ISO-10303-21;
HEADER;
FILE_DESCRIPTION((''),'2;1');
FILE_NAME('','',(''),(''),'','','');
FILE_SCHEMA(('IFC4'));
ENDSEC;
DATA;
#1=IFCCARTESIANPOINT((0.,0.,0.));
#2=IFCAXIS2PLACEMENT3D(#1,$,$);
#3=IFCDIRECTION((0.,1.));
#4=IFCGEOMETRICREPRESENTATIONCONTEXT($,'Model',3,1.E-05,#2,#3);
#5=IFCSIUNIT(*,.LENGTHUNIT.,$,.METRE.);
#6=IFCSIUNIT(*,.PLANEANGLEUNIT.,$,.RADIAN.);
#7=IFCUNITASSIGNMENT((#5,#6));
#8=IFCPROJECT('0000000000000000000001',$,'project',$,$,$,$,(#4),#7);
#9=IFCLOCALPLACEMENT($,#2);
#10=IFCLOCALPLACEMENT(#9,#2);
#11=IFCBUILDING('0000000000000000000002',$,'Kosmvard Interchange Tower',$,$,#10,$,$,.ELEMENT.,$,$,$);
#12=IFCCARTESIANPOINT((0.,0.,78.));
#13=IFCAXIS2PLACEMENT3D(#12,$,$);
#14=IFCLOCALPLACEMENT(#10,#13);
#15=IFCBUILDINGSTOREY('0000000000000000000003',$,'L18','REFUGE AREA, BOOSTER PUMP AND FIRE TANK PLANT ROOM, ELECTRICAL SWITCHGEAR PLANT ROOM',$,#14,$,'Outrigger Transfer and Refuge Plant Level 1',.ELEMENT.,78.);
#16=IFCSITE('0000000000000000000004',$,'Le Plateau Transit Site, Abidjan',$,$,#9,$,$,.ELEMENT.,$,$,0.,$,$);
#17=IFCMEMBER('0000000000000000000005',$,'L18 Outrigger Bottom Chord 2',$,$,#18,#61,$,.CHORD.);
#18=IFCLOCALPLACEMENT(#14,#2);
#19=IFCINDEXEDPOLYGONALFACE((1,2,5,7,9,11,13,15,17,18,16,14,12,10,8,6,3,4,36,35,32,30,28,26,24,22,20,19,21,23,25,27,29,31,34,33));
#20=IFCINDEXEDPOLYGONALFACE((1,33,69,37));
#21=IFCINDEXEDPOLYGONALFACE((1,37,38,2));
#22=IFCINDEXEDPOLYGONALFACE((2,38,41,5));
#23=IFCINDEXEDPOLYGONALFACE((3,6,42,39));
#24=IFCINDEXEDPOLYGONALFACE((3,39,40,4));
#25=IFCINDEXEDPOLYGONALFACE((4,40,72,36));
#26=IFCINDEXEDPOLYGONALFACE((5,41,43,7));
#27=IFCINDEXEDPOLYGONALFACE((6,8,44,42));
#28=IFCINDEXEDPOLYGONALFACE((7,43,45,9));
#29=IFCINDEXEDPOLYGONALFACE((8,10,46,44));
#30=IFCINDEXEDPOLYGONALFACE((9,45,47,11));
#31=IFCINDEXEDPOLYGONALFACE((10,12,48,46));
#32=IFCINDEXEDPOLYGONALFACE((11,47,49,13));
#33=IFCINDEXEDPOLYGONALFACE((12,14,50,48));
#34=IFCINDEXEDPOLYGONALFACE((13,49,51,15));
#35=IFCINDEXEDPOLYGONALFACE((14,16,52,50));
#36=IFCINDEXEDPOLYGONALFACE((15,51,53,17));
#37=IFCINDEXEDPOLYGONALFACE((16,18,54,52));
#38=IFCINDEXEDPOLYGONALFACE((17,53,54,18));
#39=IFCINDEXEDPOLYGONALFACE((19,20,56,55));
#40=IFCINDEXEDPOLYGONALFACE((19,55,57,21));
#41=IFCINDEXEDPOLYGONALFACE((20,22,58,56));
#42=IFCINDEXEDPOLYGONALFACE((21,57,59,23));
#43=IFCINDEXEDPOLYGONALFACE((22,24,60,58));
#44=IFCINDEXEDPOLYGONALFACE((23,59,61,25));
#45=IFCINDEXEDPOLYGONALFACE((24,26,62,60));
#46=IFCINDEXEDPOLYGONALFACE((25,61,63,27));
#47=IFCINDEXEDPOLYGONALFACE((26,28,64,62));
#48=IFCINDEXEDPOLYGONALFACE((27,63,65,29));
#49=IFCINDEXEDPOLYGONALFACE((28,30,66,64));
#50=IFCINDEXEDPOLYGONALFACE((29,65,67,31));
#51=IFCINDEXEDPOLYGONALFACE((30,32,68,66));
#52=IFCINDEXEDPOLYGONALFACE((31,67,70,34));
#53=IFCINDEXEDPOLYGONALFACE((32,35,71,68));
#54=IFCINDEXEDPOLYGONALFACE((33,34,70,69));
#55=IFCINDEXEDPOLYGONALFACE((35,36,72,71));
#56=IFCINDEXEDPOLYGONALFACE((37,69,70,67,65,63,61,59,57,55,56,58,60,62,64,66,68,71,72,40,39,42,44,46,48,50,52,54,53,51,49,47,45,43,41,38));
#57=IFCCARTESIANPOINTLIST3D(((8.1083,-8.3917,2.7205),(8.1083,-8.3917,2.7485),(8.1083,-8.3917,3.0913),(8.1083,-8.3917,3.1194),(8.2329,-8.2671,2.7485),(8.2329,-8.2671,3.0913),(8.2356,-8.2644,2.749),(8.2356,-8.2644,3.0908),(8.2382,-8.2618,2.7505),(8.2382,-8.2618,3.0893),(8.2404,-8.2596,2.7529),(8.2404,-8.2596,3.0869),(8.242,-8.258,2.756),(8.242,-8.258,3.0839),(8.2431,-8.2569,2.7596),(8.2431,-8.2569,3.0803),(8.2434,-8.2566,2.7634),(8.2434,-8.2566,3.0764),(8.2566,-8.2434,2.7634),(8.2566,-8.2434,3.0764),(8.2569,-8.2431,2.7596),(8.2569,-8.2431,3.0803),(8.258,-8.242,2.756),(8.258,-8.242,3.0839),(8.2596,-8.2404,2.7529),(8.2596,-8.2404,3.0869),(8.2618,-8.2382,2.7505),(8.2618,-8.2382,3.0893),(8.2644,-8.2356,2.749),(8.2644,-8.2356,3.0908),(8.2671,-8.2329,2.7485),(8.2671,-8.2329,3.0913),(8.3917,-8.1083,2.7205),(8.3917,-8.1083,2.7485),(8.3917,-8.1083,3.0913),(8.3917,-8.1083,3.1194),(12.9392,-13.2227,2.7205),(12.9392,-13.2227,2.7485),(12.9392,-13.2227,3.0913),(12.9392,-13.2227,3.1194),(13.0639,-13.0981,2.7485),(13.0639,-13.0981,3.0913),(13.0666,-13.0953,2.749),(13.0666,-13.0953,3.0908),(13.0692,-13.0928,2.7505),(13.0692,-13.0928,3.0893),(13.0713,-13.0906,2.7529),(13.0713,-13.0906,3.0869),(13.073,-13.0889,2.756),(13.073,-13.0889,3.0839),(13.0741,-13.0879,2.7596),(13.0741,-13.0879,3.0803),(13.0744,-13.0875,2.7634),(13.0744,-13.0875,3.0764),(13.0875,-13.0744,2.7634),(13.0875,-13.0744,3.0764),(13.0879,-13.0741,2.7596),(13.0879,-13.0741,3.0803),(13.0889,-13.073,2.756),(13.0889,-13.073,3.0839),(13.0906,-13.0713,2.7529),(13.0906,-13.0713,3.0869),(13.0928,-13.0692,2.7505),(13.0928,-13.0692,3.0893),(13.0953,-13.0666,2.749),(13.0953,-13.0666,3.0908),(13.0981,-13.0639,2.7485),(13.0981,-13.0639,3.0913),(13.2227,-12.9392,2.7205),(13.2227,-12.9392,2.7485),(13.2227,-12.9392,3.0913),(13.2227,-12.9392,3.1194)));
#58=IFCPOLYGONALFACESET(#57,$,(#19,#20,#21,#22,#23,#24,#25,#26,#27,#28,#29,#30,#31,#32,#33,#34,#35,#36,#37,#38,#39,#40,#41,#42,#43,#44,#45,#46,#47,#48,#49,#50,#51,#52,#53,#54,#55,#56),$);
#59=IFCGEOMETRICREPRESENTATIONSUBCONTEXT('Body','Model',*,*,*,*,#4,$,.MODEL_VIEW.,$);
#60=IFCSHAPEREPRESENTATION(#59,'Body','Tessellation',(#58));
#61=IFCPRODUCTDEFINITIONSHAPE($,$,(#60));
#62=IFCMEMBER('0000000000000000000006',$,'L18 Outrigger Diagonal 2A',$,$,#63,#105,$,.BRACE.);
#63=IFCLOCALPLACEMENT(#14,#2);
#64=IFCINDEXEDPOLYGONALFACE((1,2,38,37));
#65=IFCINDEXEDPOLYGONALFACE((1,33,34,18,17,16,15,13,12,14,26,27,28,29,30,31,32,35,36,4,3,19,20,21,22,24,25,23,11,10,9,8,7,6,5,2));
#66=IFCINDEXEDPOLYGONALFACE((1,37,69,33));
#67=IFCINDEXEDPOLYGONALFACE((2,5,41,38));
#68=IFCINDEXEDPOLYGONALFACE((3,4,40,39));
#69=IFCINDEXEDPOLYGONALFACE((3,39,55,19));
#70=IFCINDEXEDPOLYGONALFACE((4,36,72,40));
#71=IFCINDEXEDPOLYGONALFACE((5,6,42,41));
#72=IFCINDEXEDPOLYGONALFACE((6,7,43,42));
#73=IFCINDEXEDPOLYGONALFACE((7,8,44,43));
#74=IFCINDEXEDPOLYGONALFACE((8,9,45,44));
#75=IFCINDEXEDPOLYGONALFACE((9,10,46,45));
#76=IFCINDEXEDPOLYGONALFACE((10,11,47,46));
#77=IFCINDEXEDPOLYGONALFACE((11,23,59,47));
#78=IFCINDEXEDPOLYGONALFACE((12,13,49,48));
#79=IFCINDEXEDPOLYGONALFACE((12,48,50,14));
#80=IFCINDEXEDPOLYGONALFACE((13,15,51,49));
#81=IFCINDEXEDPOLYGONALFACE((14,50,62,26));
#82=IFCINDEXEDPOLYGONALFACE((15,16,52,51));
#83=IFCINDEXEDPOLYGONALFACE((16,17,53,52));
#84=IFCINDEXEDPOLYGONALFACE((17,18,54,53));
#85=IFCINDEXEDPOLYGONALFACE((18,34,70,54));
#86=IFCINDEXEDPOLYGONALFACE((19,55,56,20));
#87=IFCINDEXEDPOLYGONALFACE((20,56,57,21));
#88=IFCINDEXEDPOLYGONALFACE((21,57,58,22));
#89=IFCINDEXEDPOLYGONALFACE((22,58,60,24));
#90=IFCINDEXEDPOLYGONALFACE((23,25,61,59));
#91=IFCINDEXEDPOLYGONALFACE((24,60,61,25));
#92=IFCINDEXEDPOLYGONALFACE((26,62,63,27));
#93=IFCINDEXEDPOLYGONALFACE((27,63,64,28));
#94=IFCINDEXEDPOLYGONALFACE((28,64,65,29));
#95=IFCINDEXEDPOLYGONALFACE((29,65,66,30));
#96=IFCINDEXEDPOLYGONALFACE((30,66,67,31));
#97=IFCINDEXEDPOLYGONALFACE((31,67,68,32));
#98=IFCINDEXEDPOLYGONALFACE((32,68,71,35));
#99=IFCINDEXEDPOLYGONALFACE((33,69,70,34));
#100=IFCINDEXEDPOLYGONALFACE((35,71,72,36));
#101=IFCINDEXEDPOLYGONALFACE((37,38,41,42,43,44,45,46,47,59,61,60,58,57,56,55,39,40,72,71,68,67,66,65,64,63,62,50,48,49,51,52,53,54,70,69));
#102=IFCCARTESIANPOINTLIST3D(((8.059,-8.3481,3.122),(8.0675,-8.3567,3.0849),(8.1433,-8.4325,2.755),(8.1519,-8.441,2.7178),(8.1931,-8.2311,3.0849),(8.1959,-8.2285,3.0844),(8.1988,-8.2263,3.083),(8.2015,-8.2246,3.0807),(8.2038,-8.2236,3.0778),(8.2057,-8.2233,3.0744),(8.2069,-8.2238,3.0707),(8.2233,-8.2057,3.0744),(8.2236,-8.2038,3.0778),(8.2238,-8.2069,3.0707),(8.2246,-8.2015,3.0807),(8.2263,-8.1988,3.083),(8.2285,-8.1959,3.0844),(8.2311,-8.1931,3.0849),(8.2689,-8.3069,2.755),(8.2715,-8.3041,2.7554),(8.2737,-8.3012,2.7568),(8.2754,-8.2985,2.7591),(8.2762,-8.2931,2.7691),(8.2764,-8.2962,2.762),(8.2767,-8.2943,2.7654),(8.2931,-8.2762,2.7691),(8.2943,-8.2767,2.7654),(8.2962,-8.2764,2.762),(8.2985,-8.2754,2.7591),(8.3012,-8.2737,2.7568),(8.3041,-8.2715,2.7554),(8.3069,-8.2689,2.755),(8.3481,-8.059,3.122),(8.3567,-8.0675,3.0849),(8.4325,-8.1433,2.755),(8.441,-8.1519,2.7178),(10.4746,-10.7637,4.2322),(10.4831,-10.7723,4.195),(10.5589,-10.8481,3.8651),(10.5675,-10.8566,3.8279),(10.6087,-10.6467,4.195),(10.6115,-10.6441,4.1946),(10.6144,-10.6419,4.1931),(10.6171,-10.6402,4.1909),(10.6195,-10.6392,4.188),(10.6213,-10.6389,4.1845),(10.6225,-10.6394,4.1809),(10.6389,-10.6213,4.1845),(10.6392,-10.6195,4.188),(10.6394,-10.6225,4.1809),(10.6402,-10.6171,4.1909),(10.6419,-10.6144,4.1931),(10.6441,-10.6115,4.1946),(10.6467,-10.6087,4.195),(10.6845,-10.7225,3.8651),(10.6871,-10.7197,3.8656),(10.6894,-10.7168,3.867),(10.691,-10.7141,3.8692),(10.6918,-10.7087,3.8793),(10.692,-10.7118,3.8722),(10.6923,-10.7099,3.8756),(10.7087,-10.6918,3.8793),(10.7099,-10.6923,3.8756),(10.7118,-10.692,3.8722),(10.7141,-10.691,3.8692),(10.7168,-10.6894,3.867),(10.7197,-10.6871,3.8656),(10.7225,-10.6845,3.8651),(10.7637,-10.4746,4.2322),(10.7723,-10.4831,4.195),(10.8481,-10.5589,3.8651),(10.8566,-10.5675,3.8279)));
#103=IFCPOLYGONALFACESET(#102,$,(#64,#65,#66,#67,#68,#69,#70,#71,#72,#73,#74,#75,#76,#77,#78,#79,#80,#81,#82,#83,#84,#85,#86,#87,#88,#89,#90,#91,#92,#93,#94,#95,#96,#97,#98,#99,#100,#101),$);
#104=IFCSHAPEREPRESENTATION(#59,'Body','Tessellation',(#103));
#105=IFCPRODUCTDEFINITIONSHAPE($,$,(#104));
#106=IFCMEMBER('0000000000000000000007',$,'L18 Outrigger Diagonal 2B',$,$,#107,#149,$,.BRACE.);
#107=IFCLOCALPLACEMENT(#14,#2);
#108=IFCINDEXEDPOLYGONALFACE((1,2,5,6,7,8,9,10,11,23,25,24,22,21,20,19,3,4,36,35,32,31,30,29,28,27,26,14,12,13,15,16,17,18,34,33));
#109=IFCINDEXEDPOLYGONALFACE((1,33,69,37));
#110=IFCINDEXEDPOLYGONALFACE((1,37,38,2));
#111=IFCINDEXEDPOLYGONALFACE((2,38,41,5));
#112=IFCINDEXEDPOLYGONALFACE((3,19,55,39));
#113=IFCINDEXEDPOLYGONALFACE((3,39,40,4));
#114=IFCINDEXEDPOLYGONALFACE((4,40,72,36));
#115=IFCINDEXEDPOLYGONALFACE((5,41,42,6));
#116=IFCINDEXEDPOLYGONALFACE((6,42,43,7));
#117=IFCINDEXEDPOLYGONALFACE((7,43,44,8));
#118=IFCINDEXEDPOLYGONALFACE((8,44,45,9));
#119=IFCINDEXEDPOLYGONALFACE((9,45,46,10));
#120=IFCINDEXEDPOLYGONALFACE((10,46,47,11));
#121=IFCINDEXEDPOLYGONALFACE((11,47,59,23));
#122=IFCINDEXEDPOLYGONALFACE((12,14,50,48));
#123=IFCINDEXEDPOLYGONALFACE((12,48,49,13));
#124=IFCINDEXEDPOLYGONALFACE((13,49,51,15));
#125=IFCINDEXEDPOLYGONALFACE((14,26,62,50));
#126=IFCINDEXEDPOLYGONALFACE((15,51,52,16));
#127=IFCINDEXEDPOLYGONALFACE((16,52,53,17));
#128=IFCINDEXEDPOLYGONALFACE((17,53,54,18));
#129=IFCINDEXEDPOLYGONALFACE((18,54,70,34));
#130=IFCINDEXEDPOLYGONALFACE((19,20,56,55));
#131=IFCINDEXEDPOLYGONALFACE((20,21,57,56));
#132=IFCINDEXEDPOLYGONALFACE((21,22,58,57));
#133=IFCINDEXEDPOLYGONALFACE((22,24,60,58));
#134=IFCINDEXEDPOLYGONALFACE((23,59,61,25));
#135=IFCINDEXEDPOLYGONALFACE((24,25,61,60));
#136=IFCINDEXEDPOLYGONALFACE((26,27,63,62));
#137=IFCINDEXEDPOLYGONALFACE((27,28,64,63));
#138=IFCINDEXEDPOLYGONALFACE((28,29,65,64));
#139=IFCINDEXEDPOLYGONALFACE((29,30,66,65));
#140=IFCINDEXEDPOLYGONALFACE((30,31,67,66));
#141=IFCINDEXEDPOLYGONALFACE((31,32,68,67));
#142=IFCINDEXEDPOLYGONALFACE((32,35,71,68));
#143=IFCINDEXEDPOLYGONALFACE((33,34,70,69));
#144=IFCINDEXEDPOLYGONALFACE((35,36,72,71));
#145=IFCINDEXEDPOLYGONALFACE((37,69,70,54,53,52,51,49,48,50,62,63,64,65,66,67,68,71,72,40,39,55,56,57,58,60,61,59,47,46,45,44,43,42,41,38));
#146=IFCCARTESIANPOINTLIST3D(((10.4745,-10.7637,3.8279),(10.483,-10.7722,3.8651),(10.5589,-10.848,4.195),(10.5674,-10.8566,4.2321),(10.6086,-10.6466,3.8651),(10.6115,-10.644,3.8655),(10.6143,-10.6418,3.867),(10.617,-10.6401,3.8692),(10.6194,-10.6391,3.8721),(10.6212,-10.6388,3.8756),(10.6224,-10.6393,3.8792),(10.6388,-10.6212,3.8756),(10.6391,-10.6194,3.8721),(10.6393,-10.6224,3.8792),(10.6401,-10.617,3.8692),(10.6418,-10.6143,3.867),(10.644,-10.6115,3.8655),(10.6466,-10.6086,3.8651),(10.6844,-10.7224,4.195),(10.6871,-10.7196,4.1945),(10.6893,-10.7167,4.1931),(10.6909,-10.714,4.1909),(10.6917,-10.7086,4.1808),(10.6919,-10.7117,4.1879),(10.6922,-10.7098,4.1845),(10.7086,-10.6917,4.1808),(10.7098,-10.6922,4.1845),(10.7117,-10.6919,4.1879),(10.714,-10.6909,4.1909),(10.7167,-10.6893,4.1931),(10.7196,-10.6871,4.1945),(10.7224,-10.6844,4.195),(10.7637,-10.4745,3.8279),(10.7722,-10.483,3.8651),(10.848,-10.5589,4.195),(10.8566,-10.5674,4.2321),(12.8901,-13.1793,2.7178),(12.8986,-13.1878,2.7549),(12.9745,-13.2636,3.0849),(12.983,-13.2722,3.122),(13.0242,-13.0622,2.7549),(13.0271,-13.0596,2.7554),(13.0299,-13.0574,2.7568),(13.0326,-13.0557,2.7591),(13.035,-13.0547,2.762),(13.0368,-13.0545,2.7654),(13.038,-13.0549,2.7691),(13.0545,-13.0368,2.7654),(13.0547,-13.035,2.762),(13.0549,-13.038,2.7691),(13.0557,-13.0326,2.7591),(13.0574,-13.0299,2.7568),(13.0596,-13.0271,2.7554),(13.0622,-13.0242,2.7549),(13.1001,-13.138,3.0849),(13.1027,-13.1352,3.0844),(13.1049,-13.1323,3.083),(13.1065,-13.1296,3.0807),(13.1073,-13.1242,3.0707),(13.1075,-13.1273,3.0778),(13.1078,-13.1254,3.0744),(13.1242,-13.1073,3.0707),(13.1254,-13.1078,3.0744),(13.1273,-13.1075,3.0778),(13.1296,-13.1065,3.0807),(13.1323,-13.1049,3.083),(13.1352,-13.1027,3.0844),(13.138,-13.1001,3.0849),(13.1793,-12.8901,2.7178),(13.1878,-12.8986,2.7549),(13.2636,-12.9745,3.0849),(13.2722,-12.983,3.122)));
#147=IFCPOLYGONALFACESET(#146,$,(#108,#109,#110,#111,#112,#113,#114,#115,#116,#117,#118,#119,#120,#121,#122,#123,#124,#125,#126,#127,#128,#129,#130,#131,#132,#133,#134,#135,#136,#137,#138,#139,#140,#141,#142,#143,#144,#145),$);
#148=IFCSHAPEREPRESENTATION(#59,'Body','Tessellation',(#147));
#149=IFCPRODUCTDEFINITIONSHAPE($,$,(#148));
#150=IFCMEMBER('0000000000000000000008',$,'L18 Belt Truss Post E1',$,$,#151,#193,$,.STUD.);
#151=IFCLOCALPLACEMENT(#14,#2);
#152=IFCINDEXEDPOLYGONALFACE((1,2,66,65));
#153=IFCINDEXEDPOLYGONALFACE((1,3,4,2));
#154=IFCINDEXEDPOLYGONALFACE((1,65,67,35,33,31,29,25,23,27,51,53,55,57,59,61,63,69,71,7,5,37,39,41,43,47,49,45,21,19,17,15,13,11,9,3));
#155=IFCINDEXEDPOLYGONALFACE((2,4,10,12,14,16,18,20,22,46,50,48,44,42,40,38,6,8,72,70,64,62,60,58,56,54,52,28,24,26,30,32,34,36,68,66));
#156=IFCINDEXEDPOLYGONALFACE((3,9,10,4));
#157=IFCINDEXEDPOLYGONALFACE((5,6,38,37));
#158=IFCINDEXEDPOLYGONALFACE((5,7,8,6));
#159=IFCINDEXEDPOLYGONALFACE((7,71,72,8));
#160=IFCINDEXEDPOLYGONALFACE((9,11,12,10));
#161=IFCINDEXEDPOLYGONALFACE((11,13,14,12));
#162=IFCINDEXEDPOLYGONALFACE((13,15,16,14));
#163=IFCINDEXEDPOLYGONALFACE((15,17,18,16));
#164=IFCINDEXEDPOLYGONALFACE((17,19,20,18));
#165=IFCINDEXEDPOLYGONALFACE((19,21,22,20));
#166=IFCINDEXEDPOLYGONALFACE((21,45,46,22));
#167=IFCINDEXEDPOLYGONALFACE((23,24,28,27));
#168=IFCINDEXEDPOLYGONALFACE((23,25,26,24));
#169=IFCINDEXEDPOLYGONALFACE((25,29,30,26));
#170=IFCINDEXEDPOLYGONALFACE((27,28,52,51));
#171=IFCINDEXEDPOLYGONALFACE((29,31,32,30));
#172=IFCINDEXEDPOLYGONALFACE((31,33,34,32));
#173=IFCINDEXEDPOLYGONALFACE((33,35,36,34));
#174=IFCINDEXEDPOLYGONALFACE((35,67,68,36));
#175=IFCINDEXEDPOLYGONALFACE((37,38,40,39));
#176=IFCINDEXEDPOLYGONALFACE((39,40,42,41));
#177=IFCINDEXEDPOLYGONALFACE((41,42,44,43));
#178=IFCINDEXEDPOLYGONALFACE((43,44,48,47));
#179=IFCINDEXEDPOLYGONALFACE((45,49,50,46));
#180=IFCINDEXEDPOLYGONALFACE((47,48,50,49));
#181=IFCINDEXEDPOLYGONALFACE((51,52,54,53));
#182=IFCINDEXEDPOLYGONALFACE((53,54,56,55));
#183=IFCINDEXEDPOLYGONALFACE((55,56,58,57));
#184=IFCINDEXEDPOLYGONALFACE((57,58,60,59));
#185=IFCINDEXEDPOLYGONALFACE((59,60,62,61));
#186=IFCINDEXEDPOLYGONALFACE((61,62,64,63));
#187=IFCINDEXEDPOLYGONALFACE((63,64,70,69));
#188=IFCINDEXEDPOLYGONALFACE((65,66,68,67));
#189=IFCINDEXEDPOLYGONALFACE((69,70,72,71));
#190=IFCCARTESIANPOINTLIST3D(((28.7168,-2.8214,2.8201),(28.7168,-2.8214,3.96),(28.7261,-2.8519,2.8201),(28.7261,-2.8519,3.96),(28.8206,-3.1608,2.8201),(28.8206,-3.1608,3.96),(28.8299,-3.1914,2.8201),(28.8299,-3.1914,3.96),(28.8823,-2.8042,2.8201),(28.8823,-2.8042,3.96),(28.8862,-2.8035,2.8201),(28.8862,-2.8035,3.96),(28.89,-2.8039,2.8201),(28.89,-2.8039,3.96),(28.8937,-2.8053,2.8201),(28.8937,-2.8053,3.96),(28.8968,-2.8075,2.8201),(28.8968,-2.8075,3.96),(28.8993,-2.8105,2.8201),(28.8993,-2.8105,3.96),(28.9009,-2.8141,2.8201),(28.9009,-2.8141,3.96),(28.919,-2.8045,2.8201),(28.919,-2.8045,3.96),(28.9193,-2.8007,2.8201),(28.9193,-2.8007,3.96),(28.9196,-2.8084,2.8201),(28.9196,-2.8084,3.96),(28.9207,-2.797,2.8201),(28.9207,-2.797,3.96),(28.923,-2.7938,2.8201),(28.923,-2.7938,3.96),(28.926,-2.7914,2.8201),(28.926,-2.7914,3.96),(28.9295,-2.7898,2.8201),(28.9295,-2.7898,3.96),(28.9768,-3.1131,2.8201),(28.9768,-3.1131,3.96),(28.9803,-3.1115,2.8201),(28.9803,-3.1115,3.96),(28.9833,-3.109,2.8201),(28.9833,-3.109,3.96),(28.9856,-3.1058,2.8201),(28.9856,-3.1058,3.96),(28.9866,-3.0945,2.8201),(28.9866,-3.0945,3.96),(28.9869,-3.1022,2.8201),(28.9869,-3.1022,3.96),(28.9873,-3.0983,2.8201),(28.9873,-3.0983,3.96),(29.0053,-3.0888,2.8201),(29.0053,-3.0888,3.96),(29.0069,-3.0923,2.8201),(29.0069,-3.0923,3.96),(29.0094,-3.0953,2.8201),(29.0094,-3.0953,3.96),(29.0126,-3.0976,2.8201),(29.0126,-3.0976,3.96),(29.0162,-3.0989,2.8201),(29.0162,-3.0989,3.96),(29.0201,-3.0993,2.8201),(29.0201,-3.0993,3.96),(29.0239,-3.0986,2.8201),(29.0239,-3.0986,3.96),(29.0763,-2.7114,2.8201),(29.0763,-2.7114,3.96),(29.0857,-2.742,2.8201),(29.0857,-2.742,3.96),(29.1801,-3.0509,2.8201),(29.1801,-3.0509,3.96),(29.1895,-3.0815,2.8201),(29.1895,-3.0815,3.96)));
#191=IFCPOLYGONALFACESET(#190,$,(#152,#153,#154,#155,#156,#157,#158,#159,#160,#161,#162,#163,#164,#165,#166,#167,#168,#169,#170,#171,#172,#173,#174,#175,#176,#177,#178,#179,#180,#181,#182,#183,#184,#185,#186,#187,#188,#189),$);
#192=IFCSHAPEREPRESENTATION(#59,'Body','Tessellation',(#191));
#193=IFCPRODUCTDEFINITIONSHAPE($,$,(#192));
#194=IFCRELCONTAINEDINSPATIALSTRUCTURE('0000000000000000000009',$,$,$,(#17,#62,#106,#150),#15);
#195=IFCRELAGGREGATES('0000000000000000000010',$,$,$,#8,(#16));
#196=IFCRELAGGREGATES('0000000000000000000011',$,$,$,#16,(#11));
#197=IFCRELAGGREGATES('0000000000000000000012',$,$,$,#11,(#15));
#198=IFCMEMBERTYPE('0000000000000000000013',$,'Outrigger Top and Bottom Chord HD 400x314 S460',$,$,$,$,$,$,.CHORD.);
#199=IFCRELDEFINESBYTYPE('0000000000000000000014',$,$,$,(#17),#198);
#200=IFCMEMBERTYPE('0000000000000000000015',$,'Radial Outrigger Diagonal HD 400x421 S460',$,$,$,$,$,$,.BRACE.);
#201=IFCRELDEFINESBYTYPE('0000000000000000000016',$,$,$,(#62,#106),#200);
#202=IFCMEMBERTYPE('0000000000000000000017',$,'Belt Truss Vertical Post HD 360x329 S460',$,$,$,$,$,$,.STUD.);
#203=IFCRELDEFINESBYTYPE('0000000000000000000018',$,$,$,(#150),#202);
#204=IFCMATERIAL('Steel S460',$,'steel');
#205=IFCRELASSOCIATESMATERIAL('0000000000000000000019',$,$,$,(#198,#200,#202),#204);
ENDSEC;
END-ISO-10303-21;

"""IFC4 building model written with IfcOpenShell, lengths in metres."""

from ifc_helpers import new_model, si_unit, direction, frame, origin, origin_2d, place, context, subcontext, project, spatial, i_section, extrude, source, transform, mapped, material, material_profile, profile_set, type_object, element, save


model = new_model("IFC4")

# Units and contexts
model_context = context("Model", 3, precision=1e-05, world=origin(), true_north=direction((0.0, 1.0)))
body_context = subcontext(model_context, "Body", "Model", "MODEL_VIEW")
ifc_project = project(units=[si_unit("LENGTHUNIT", "METRE"), si_unit("PLANEANGLEUNIT", "RADIAN")], contexts=[model_context])

# Site, building, storey
site_placement = place(None, origin())
site = spatial("IfcSite", under=ifc_project, at=site_placement, Name="Le Plateau Transit Site, Abidjan", CompositionType="ELEMENT", RefElevation=0.0)
building_placement = place(site_placement, origin())
building = spatial("IfcBuilding", under=site, at=building_placement, Name="Kosmvard Interchange Tower", CompositionType="ELEMENT")
storey_placement = place(building_placement, frame((0.0, 0.0, 78.0)))
storey = spatial("IfcBuildingStorey", under=building, at=storey_placement, Name="L18", Description="REFUGE AREA, BOOSTER PUMP AND FIRE TANK PLANT ROOM, ELECTRICAL SWITCHGEAR PLANT ROOM", LongName="Outrigger Transfer and Refuge Plant Level 1", CompositionType="ELEMENT", Elevation=78.0)

# Shared definitions
ifc_material_1 = material(Name="Steel S460", Category="steel")

# Members
ifc_material_profile_1 = material_profile(ifc_material_1, i_section(OverallWidth=0.4009, OverallDepth=0.3989, WebThickness=0.0186, FlangeThickness=0.0281, FilletRadius=0.0149, at=origin_2d()), Name="HD 400x314")
ifc_profile_set_1 = profile_set([ifc_material_profile_1], Name="Steel S460")
member_type_1 = type_object("IfcMemberType", Name="Outrigger Top and Bottom Chord HD 400x314 S460", PredefinedType="CHORD", material=ifc_profile_set_1)
shared_shape_1 = source(origin(), body_context, "Body", "SweptSolid", [
    extrude(i_section(OverallWidth=0.4009, OverallDepth=0.3989, WebThickness=0.0186, FlangeThickness=0.0281, FilletRadius=0.0149, at=origin_2d()), origin(), (0.0, 0.0, 1.0), 6.832),
])
member_1_placement = place(storey_placement, frame((8.25, -8.25, 2.9199), z_axis=(0.707107, -0.707107, 0.0), x_axis=(0.707107, 0.707107, 0.0)))
element("IfcMember", 1, at=member_1_placement, inside=storey, type_object=member_type_1, Name="L18 Outrigger Bottom Chord 2", PredefinedType="CHORD", context=body_context, shape_type="MappedRepresentation", body=[
    mapped(shared_shape_1, transform((0.0, 0.0, 0.0), scale=1.0)),
])
ifc_material_profile_2 = material_profile(ifc_material_1, i_section(OverallWidth=0.4089, OverallDepth=0.425, WebThickness=0.0239, FlangeThickness=0.0391, FilletRadius=0.0149, at=origin_2d()), Name="HD 400x421")
ifc_profile_set_2 = profile_set([ifc_material_profile_2], Name="Steel S460")
member_type_2 = type_object("IfcMemberType", Name="Radial Outrigger Diagonal HD 400x421 S460", PredefinedType="BRACE", material=ifc_profile_set_2)
shared_shape_2 = source(origin(), body_context, "Body", "SweptSolid", [
    extrude(i_section(OverallWidth=0.4089, OverallDepth=0.425, WebThickness=0.0239, FlangeThickness=0.0391, FilletRadius=0.0149, at=origin_2d()), origin(), (0.0, 0.0, 1.0), 3.592),
])
for number, where, z_axis, x_axis, name in (
    (2, (8.25, -8.25, 2.9199), (0.672489, -0.672489, 0.309057), (0.707107, 0.707107, 0.0), "L18 Outrigger Diagonal 2A"),
    (3, (10.6655, -10.6655, 4.03), (0.672489, -0.672489, -0.309057), (0.707107, 0.707107, 0.0), "L18 Outrigger Diagonal 2B"),
):
    element("IfcMember", number, at=place(storey_placement, frame(where, z_axis=z_axis, x_axis=x_axis)), inside=storey, type_object=member_type_2, Name=name, PredefinedType="BRACE", context=body_context, shape_type="MappedRepresentation", body=[
        mapped(shared_shape_2, transform((0.0, 0.0, 0.0), scale=1.0)),
    ])
ifc_material_profile_3 = material_profile(ifc_material_1, i_section(OverallWidth=0.376, OverallDepth=0.387, WebThickness=0.0195, FlangeThickness=0.032, FilletRadius=0.0149, at=origin_2d()), Name="HD 360x329")
ifc_profile_set_3 = profile_set([ifc_material_profile_3], Name="Steel S460")
member_type_3 = type_object("IfcMemberType", Name="Belt Truss Vertical Post HD 360x329 S460", PredefinedType="STUD", material=ifc_profile_set_3)
shared_shape_3 = source(origin(), body_context, "Body", "SweptSolid", [
    extrude(i_section(OverallWidth=0.376, OverallDepth=0.387, WebThickness=0.0195, FlangeThickness=0.032, FilletRadius=0.0149, at=origin_2d()), origin(), (0.0, 0.0, 1.0), 1.1399),
])
member_2_placement = place(storey_placement, frame((28.9531, -2.9514, 2.8201), z_axis=(0.0, 0.0, 1.0), x_axis=(0.956305, 0.292372, 0.0)))
element("IfcMember", 4, at=member_2_placement, inside=storey, type_object=member_type_3, Name="L18 Belt Truss Post E1", PredefinedType="STUD", context=body_context, shape_type="MappedRepresentation", body=[
    mapped(shared_shape_3, transform((0.0, 0.0, 0.0), scale=1.0)),
])

save(model, "model.ifc")
